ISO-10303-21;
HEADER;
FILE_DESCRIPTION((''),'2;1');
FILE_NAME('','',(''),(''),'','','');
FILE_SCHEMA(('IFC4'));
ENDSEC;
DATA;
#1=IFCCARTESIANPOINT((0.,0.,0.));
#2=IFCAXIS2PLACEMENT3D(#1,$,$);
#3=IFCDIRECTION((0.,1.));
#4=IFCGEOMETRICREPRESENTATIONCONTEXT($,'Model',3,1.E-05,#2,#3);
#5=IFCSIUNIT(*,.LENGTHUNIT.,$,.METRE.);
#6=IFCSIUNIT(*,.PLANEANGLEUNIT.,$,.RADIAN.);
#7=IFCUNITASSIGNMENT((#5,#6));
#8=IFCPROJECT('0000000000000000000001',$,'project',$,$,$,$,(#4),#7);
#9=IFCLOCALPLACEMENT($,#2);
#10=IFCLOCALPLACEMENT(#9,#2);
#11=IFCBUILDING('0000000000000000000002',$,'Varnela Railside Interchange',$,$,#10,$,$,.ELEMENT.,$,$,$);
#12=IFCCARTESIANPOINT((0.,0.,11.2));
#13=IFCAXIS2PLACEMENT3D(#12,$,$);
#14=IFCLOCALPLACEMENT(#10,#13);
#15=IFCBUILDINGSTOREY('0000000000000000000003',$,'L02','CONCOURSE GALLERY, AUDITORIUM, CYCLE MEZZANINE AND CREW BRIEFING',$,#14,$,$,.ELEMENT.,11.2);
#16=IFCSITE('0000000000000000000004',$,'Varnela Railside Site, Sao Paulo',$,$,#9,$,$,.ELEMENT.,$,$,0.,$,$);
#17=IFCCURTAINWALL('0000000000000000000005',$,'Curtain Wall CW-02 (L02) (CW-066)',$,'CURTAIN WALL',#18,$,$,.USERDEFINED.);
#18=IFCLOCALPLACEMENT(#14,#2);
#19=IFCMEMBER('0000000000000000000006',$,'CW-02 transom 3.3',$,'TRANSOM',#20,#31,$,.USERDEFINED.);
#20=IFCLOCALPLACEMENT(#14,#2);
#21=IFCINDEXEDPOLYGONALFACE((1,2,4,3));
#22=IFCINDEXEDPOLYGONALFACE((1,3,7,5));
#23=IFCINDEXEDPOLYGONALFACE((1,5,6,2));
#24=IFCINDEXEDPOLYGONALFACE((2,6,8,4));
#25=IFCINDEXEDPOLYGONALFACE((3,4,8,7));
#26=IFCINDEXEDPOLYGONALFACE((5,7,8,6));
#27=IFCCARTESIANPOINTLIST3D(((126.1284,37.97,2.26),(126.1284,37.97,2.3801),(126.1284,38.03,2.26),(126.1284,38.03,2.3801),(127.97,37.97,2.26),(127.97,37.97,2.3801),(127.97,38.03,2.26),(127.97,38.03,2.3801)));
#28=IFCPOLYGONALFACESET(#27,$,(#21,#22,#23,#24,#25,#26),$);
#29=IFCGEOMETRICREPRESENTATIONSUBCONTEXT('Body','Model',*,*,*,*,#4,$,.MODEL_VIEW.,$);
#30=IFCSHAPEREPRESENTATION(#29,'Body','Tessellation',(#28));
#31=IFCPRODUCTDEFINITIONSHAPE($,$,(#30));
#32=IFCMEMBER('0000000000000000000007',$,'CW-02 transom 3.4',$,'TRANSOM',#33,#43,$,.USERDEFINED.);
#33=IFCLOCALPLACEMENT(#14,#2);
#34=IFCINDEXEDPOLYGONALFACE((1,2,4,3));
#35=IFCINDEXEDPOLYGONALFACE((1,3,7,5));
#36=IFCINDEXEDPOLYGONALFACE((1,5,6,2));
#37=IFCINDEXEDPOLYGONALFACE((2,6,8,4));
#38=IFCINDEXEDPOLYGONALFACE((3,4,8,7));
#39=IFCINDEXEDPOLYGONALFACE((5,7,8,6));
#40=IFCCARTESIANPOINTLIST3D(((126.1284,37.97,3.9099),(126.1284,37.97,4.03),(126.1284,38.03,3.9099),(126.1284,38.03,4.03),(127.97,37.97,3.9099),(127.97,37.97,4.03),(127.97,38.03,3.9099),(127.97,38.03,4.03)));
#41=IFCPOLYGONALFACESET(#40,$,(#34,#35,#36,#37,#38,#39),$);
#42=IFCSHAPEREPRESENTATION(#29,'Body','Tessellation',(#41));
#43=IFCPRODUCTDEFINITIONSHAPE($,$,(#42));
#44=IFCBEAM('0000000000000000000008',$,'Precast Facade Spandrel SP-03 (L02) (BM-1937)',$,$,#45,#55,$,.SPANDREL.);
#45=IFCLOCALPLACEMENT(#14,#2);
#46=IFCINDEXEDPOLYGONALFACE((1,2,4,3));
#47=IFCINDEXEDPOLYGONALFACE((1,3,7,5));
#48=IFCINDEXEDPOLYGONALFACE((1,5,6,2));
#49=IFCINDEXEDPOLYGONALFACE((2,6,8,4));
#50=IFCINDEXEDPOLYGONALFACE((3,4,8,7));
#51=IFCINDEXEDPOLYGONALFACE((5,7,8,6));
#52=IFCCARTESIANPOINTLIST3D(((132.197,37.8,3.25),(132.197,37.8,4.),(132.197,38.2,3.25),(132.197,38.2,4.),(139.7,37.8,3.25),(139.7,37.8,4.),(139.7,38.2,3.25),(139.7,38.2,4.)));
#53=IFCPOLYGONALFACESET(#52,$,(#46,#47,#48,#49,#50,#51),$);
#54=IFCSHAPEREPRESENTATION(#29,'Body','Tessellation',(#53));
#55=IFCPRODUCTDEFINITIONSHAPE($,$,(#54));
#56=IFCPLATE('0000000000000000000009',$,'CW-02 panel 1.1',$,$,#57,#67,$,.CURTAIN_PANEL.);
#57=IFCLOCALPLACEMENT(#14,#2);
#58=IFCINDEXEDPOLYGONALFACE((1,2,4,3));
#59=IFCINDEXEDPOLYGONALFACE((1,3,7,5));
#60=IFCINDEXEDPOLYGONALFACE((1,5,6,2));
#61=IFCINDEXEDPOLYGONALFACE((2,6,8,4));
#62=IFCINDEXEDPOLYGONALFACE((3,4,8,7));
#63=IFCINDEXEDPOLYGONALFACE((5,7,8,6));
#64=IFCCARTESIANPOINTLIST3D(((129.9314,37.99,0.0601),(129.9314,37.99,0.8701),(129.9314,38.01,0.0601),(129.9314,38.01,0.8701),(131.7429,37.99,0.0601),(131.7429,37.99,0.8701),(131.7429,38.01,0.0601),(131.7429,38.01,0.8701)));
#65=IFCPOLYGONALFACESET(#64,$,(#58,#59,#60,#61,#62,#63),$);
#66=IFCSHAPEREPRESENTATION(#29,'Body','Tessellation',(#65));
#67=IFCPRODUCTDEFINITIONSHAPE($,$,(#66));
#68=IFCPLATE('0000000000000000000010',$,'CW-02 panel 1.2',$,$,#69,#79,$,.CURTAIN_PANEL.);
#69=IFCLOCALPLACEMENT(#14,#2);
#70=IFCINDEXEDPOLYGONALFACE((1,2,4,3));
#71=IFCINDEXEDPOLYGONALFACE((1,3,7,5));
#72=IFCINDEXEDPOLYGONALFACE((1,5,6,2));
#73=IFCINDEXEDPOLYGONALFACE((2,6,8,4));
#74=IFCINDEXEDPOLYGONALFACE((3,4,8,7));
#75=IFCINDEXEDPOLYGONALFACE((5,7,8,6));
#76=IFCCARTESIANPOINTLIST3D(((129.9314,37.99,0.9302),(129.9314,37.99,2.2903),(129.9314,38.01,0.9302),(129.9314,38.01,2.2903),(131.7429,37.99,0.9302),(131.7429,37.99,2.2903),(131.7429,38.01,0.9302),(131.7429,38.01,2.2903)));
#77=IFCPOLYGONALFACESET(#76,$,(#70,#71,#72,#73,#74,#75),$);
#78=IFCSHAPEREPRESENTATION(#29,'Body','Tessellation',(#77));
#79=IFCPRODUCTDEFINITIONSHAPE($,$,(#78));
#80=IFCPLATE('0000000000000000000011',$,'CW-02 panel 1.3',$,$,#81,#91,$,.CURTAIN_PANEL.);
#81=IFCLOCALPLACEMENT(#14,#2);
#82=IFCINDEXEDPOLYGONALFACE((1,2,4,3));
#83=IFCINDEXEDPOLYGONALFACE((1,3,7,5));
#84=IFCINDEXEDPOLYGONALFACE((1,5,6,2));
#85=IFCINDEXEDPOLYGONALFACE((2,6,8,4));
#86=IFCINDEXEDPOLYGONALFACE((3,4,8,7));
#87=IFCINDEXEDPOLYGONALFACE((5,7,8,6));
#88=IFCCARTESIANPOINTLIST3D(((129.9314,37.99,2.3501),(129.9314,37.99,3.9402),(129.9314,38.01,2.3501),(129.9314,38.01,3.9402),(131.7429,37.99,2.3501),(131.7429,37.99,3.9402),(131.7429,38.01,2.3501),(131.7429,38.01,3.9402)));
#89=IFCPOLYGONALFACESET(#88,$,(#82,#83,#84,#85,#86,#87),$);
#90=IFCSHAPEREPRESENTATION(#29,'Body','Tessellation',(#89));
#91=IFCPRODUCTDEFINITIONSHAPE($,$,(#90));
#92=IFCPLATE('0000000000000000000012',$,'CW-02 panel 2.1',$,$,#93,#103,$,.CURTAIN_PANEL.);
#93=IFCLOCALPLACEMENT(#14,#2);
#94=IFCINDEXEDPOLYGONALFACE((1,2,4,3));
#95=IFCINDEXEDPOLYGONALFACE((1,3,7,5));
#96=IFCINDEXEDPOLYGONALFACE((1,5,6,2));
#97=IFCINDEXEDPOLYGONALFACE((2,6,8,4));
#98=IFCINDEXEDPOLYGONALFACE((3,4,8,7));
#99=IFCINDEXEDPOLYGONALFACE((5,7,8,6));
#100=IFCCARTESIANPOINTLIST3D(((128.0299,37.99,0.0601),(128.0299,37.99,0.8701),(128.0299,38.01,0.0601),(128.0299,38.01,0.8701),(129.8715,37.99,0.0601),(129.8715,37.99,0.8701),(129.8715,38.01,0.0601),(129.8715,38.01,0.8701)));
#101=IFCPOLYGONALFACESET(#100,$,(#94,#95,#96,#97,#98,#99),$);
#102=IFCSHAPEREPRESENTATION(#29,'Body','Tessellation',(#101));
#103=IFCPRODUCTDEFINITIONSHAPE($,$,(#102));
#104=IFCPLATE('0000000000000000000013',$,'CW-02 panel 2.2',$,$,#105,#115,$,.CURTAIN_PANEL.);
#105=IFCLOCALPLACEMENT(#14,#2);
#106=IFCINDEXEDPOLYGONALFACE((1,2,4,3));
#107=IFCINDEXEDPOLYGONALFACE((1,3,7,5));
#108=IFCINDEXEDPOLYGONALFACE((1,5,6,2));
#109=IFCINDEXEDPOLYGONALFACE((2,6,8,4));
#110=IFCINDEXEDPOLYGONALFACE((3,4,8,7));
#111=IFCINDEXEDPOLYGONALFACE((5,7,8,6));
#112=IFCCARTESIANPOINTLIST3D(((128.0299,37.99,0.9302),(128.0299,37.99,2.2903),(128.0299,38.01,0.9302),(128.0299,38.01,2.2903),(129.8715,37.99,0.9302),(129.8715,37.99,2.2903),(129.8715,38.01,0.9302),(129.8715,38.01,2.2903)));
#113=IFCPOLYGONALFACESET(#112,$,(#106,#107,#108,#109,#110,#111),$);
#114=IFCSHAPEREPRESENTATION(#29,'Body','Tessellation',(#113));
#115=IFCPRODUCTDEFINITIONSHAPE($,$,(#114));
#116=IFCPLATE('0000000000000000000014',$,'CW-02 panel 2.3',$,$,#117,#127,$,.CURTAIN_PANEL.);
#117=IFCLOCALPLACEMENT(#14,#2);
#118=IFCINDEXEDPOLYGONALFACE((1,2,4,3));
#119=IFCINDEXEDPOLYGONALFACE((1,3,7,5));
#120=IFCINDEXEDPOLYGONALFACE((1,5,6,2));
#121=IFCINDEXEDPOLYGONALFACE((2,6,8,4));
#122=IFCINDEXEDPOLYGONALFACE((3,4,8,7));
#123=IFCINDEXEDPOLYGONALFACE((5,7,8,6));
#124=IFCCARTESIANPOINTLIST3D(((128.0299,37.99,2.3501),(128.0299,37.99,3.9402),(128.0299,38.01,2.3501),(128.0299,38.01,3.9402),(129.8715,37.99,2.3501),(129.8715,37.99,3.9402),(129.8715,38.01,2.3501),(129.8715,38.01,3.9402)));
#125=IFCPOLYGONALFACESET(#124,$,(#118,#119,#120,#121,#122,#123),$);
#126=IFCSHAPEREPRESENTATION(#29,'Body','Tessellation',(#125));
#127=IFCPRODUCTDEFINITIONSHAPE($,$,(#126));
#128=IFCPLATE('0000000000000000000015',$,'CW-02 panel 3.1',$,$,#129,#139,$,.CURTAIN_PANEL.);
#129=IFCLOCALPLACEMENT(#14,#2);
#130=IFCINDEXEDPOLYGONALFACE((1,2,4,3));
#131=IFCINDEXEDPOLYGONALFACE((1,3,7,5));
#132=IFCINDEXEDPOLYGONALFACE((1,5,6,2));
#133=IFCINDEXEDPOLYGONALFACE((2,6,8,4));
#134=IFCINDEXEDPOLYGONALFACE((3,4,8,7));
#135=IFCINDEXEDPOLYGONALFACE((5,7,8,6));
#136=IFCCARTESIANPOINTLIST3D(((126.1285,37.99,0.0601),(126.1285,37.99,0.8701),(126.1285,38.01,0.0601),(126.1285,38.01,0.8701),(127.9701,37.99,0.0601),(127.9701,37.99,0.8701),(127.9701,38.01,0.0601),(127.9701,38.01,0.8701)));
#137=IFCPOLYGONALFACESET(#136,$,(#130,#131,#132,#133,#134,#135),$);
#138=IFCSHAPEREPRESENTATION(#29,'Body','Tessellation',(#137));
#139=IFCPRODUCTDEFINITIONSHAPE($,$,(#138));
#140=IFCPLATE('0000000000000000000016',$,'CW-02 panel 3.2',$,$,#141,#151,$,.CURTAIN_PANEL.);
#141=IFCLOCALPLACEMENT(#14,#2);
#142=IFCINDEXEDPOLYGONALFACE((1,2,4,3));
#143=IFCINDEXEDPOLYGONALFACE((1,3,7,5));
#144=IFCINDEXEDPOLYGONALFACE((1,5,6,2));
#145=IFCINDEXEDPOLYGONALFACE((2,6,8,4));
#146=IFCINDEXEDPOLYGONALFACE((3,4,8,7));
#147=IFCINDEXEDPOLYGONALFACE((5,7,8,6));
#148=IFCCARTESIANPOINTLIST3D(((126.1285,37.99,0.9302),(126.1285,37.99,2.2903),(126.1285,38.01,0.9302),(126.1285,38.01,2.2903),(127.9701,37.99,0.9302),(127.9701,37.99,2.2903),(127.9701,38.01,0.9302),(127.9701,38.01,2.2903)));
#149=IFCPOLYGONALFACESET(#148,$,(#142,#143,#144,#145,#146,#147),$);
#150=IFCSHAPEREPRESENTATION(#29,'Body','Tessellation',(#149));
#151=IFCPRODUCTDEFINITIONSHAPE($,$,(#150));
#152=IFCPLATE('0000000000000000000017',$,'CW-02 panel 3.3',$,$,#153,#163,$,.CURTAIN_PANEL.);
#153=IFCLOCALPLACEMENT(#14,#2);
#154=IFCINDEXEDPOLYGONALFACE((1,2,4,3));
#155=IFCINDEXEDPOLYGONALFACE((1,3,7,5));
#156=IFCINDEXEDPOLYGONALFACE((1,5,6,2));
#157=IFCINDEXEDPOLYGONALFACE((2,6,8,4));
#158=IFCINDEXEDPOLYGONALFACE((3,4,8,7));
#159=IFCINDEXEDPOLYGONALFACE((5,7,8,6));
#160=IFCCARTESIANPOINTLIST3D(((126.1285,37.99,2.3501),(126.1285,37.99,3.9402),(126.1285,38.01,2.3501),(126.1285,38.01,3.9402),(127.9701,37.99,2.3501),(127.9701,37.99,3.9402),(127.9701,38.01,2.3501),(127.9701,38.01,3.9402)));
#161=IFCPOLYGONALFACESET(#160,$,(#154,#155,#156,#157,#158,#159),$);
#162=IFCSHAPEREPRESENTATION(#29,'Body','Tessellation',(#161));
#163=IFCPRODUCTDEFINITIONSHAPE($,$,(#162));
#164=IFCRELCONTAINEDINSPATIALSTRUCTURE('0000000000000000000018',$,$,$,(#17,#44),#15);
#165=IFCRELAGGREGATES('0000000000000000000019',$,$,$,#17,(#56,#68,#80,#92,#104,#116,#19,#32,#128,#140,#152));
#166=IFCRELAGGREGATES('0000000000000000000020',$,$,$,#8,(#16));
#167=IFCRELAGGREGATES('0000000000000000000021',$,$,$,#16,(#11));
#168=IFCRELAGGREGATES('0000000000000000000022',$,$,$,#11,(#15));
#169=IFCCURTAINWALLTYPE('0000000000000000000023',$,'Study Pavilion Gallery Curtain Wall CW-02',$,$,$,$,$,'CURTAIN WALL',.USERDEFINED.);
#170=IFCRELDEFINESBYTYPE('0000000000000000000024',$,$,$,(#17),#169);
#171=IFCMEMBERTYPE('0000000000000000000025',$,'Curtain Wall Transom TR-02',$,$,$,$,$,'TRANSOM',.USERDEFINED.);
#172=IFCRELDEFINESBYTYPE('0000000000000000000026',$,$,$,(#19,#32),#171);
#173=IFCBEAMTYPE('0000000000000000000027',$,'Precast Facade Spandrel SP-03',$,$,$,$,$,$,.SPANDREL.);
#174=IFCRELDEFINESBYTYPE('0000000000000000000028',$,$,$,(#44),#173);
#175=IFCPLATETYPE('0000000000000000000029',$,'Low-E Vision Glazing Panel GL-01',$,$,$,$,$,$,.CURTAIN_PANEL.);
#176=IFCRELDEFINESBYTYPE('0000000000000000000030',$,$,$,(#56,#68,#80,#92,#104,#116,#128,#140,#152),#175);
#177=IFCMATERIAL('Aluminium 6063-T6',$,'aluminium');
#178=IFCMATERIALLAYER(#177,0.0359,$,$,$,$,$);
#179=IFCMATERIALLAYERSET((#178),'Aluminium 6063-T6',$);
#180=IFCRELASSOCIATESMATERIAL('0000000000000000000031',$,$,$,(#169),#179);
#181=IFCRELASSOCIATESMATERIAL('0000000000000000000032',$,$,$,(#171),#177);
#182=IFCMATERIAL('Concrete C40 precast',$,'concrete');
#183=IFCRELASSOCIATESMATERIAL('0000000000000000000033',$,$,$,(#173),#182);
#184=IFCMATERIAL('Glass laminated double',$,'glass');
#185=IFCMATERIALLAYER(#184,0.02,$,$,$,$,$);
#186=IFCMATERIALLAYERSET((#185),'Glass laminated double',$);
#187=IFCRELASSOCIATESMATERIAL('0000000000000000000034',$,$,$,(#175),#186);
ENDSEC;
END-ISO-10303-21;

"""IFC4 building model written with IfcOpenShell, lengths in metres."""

from ifc_helpers import new_model, si_unit, direction, frame, origin, origin_2d, place, context, subcontext, project, spatial, rectangle, extrude, material, layer, layer_set, material_profile, profile_set, type_object, element, aggregate, save


model = new_model("IFC4")

# Units and contexts
model_context = context("Model", 3, precision=1e-05, world=origin(), true_north=direction((0.0, 1.0)))
body_context = subcontext(model_context, "Body", "Model", "MODEL_VIEW")
ifc_project = project(units=[si_unit("LENGTHUNIT", "METRE"), si_unit("PLANEANGLEUNIT", "RADIAN")], contexts=[model_context])

# Site, building, storey
site_placement = place(None, origin())
site = spatial("IfcSite", under=ifc_project, at=site_placement, Name="Varnela Railside Site, Sao Paulo", CompositionType="ELEMENT", RefElevation=0.0)
building_placement = place(site_placement, origin())
building = spatial("IfcBuilding", under=site, at=building_placement, Name="Varnela Railside Interchange", CompositionType="ELEMENT")
storey_placement = place(building_placement, frame((0.0, 0.0, 11.2)))
storey = spatial("IfcBuildingStorey", under=building, at=storey_placement, Name="L02", Description="CONCOURSE GALLERY, AUDITORIUM, CYCLE MEZZANINE AND CREW BRIEFING", CompositionType="ELEMENT", Elevation=11.2)

# Curtain wall, members
ifc_material_1 = material(Name="Aluminium 6063-T6", Category="aluminium")
ifc_layer_1 = layer(ifc_material_1, 0.0359)
ifc_layer_set_1 = layer_set([ifc_layer_1], Name="Aluminium 6063-T6")
curtain_wall_type = type_object("IfcCurtainWallType", Name="Study Pavilion Gallery Curtain Wall CW-02", ElementType="CURTAIN WALL", PredefinedType="USERDEFINED", material=ifc_layer_set_1)
curtain_wall_placement = place(storey_placement, origin())
curtain_wall = element("IfcCurtainWall", 1, at=curtain_wall_placement, inside=storey, type_object=curtain_wall_type, Name="Curtain Wall CW-02 (L02) (CW-066)", ObjectType="CURTAIN WALL", PredefinedType="USERDEFINED")
ifc_material_profile_1 = material_profile(ifc_material_1, rectangle(XDim=0.0601, YDim=0.1201, at=origin_2d()), Name="ALU 60x120")
ifc_profile_set_1 = profile_set([ifc_material_profile_1], Name="Aluminium 6063-T6")
member_type_1 = type_object("IfcMemberType", Name="Curtain Wall Transom TR-02", ElementType="TRANSOM", PredefinedType="USERDEFINED", material=ifc_profile_set_1)
member_1_placement = place(storey_placement, frame((127.97, 38.0, 2.3201), z_axis=(-1.0, 0.0, 0.0), x_axis=(0.0, -1.0, 0.0)))
member_1 = element("IfcMember", 2, at=member_1_placement, type_object=member_type_1, Name="CW-02 transom 3.3", ObjectType="TRANSOM", PredefinedType="USERDEFINED", context=body_context, shape_type="SweptSolid", body=[
    extrude(rectangle(XDim=0.0601, YDim=0.1201, at=origin_2d()), origin(), (0.0, 0.0, 1.0), 1.8416),
])
member_2_placement = place(storey_placement, frame((127.97, 38.0, 3.97), z_axis=(-1.0, 0.0, 0.0), x_axis=(0.0, -1.0, 0.0)))
member_2 = element("IfcMember", 3, at=member_2_placement, type_object=member_type_1, Name="CW-02 transom 3.4", ObjectType="TRANSOM", PredefinedType="USERDEFINED", context=body_context, shape_type="SweptSolid", body=[
    extrude(rectangle(XDim=0.0601, YDim=0.1201, at=origin_2d()), origin(), (0.0, 0.0, 1.0), 1.8416),
])

# Beam
ifc_material_2 = material(Name="Concrete C40 precast", Category="concrete")
ifc_material_profile_2 = material_profile(ifc_material_2, rectangle(XDim=0.3999, YDim=0.75, at=origin_2d()), Name="PC 400x750")
ifc_profile_set_2 = profile_set([ifc_material_profile_2], Name="Concrete C40 precast")
beam_type = type_object("IfcBeamType", Name="Precast Facade Spandrel SP-03", PredefinedType="SPANDREL", material=ifc_profile_set_2)
beam_placement = place(storey_placement, frame((132.197, 38.0, 3.625), z_axis=(1.0, 0.0, 0.0), x_axis=(0.0, 1.0, 0.0)))
element("IfcBeam", 4, at=beam_placement, inside=storey, type_object=beam_type, Name="Precast Facade Spandrel SP-03 (L02) (BM-1937)", PredefinedType="SPANDREL", context=body_context, shape_type="SweptSolid", body=[
    extrude(rectangle(XDim=0.3999, YDim=0.75, at=origin_2d()), origin(), (0.0, 0.0, 1.0), 7.5029),
])

# Plates
ifc_material_3 = material(Name="Glass laminated double", Category="glass")
ifc_layer_2 = layer(ifc_material_3, 0.02)
ifc_layer_set_2 = layer_set([ifc_layer_2], Name="Glass laminated double")
plate_type = type_object("IfcPlateType", Name="Low-E Vision Glazing Panel GL-01", PredefinedType="CURTAIN_PANEL", material=ifc_layer_set_2)
plate_1_placement = place(storey_placement, frame((130.8372, 38.0, 0.0601), z_axis=(0.0, 0.0, 1.0), x_axis=(-1.0, 0.0, 0.0)))
plate_1 = element("IfcPlate", 5, at=plate_1_placement, type_object=plate_type, Name="CW-02 panel 1.1", PredefinedType="CURTAIN_PANEL", context=body_context, shape_type="SweptSolid", body=[
    extrude(rectangle(XDim=1.8115, YDim=0.02, at=origin_2d()), origin(), (0.0, 0.0, 1.0), 0.8101),
])
plate_2_placement = place(storey_placement, frame((130.8372, 38.0, 0.9302), z_axis=(0.0, 0.0, 1.0), x_axis=(-1.0, 0.0, 0.0)))
plate_2 = element("IfcPlate", 6, at=plate_2_placement, type_object=plate_type, Name="CW-02 panel 1.2", PredefinedType="CURTAIN_PANEL", context=body_context, shape_type="SweptSolid", body=[
    extrude(rectangle(XDim=1.8115, YDim=0.02, at=origin_2d()), origin(), (0.0, 0.0, 1.0), 1.3601),
])
plate_3_placement = place(storey_placement, frame((130.8372, 38.0, 2.3501), z_axis=(0.0, 0.0, 1.0), x_axis=(-1.0, 0.0, 0.0)))
plate_3 = element("IfcPlate", 7, at=plate_3_placement, type_object=plate_type, Name="CW-02 panel 1.3", PredefinedType="CURTAIN_PANEL", context=body_context, shape_type="SweptSolid", body=[
    extrude(rectangle(XDim=1.8115, YDim=0.02, at=origin_2d()), origin(), (0.0, 0.0, 1.0), 1.5901),
])
plate_4_placement = place(storey_placement, frame((128.9507, 38.0, 0.0601), z_axis=(0.0, 0.0, 1.0), x_axis=(-1.0, 0.0, 0.0)))
plate_4 = element("IfcPlate", 8, at=plate_4_placement, type_object=plate_type, Name="CW-02 panel 2.1", PredefinedType="CURTAIN_PANEL", context=body_context, shape_type="SweptSolid", body=[
    extrude(rectangle(XDim=1.8416, YDim=0.02, at=origin_2d()), origin(), (0.0, 0.0, 1.0), 0.8101),
])
plate_5_placement = place(storey_placement, frame((128.9507, 38.0, 0.9302), z_axis=(0.0, 0.0, 1.0), x_axis=(-1.0, 0.0, 0.0)))
plate_5 = element("IfcPlate", 9, at=plate_5_placement, type_object=plate_type, Name="CW-02 panel 2.2", PredefinedType="CURTAIN_PANEL", context=body_context, shape_type="SweptSolid", body=[
    extrude(rectangle(XDim=1.8416, YDim=0.02, at=origin_2d()), origin(), (0.0, 0.0, 1.0), 1.3601),
])
plate_6_placement = place(storey_placement, frame((128.9507, 38.0, 2.3501), z_axis=(0.0, 0.0, 1.0), x_axis=(-1.0, 0.0, 0.0)))
plate_6 = element("IfcPlate", 10, at=plate_6_placement, type_object=plate_type, Name="CW-02 panel 2.3", PredefinedType="CURTAIN_PANEL", context=body_context, shape_type="SweptSolid", body=[
    extrude(rectangle(XDim=1.8416, YDim=0.02, at=origin_2d()), origin(), (0.0, 0.0, 1.0), 1.5901),
])
plate_7_placement = place(storey_placement, frame((127.0493, 38.0, 0.0601), z_axis=(0.0, 0.0, 1.0), x_axis=(-1.0, 0.0, 0.0)))
plate_7 = element("IfcPlate", 11, at=plate_7_placement, type_object=plate_type, Name="CW-02 panel 3.1", PredefinedType="CURTAIN_PANEL", context=body_context, shape_type="SweptSolid", body=[
    extrude(rectangle(XDim=1.8416, YDim=0.02, at=origin_2d()), origin(), (0.0, 0.0, 1.0), 0.8101),
])
plate_8_placement = place(storey_placement, frame((127.0493, 38.0, 0.9302), z_axis=(0.0, 0.0, 1.0), x_axis=(-1.0, 0.0, 0.0)))
plate_8 = element("IfcPlate", 12, at=plate_8_placement, type_object=plate_type, Name="CW-02 panel 3.2", PredefinedType="CURTAIN_PANEL", context=body_context, shape_type="SweptSolid", body=[
    extrude(rectangle(XDim=1.8416, YDim=0.02, at=origin_2d()), origin(), (0.0, 0.0, 1.0), 1.3601),
])
plate_9_placement = place(storey_placement, frame((127.0493, 38.0, 2.3501), z_axis=(0.0, 0.0, 1.0), x_axis=(-1.0, 0.0, 0.0)))
plate_9 = element("IfcPlate", 13, at=plate_9_placement, type_object=plate_type, Name="CW-02 panel 3.3", PredefinedType="CURTAIN_PANEL", context=body_context, shape_type="SweptSolid", body=[
    extrude(rectangle(XDim=1.8416, YDim=0.02, at=origin_2d()), origin(), (0.0, 0.0, 1.0), 1.5901),
])
aggregate(curtain_wall, [plate_1, plate_2, plate_3, plate_4, plate_5, plate_6, member_1, member_2, plate_7, plate_8, plate_9])

save(model, "model.ifc")
